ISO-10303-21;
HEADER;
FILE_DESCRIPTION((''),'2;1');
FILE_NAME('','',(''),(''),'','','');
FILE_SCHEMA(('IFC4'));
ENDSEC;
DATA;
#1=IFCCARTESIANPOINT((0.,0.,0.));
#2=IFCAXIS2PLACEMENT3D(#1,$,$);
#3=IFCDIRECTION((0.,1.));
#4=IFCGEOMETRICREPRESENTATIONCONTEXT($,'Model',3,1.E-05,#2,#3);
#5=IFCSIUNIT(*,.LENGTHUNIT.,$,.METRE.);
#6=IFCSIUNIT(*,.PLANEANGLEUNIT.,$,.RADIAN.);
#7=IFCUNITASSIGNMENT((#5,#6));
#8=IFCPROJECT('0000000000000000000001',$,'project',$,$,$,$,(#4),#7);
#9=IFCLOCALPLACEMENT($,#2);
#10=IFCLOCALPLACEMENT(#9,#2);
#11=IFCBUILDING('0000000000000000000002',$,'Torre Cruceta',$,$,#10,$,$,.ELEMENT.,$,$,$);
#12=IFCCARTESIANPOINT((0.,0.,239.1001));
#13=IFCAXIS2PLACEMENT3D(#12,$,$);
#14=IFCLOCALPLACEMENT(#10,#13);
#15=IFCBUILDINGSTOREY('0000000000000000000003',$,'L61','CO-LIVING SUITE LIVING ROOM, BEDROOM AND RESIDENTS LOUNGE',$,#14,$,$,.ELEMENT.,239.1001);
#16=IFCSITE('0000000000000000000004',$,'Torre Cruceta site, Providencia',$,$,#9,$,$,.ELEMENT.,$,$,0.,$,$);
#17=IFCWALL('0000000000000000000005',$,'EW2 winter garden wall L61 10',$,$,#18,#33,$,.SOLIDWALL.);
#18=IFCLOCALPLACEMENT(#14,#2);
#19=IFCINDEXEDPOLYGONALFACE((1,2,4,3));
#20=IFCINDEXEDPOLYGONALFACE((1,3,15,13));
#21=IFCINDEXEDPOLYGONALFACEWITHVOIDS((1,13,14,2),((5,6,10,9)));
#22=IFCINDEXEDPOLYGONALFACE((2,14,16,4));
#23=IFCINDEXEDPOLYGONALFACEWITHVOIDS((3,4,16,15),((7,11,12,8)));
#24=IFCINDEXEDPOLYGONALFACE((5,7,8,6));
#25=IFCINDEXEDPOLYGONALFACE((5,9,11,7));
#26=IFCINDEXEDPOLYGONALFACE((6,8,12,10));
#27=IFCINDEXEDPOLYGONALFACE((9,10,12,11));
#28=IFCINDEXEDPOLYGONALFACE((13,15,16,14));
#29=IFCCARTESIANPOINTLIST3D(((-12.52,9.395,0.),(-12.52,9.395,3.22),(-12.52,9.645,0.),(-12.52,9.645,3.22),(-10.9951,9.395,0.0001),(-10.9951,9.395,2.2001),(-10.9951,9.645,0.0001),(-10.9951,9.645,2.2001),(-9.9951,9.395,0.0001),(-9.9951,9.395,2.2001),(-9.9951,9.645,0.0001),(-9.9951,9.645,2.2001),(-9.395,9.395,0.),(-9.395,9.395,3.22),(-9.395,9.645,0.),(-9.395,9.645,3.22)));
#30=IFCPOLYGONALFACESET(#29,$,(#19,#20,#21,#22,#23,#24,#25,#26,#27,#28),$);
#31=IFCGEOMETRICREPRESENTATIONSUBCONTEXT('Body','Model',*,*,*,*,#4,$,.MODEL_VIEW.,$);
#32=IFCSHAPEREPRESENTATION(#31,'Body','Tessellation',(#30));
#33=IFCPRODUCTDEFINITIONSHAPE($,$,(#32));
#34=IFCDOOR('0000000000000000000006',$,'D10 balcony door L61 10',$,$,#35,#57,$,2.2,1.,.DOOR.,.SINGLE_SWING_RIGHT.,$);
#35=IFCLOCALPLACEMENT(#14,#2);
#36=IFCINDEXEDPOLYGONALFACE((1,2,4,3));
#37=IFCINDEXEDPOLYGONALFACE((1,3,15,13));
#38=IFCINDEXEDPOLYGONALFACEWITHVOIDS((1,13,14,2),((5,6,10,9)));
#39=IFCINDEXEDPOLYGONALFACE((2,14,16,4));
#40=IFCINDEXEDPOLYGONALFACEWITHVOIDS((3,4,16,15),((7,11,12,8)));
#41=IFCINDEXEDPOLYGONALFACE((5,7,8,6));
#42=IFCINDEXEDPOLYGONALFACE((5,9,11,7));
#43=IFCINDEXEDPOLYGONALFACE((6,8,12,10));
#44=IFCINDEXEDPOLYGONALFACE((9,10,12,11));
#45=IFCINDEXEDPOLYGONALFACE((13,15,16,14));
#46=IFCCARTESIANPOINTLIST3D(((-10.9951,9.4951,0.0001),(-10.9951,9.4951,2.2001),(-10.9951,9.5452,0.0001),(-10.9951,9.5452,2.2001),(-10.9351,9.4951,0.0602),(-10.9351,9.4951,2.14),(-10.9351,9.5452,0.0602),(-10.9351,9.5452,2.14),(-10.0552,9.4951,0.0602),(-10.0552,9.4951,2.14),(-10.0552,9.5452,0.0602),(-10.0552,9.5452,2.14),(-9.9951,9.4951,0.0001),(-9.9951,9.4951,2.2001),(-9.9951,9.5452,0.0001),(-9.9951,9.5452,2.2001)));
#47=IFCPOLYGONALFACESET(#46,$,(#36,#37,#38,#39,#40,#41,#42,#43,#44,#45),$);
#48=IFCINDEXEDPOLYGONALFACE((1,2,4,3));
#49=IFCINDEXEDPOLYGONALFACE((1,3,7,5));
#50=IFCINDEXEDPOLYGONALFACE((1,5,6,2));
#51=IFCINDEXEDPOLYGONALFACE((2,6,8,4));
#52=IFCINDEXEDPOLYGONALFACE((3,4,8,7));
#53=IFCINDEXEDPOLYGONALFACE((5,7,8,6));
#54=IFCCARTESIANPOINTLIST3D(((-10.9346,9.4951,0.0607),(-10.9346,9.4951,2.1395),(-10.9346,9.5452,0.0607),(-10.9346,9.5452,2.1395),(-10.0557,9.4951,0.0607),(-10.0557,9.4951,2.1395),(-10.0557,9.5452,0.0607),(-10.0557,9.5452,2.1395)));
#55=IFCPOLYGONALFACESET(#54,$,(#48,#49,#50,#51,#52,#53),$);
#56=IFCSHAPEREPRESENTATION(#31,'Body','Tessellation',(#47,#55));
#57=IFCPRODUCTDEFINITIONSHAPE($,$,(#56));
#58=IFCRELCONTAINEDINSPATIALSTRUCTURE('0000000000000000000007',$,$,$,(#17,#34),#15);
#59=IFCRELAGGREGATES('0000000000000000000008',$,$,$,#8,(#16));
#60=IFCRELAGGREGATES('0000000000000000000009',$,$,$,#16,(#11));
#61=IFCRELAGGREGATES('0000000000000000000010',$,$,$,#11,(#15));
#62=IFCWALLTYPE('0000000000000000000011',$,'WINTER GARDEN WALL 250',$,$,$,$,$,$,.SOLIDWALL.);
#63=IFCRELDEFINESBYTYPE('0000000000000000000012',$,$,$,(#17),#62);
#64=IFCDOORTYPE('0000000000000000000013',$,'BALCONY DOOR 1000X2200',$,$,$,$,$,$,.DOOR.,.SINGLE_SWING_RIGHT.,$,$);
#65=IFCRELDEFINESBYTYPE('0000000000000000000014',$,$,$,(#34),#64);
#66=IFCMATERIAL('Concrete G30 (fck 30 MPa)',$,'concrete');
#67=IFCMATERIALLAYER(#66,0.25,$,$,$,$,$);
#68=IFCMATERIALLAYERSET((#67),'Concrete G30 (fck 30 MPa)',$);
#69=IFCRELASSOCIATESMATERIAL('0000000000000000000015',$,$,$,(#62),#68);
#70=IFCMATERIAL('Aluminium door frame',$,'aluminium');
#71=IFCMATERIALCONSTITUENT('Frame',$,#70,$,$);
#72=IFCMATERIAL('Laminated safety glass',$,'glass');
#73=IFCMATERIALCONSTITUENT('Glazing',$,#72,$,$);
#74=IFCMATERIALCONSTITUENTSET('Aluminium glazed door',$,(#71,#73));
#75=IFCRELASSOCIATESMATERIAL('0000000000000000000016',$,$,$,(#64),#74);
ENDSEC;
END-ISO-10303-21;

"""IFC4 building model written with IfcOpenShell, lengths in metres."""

from ifc_helpers import new_model, si_unit, direction, frame, frame_2d, origin, place, context, subcontext, project, spatial, rectangle, hollow_rectangle, extrude, material, layer, layer_set, constituent, constituent_set, type_object, element, fill, save


model = new_model("IFC4")

# Units and contexts
model_context = context("Model", 3, precision=1e-05, world=origin(), true_north=direction((0.0, 1.0)))
body_context = subcontext(model_context, "Body", "Model", "MODEL_VIEW")
ifc_project = project(units=[si_unit("LENGTHUNIT", "METRE"), si_unit("PLANEANGLEUNIT", "RADIAN")], contexts=[model_context])

# Site, building, storey
site_placement = place(None, origin())
site = spatial("IfcSite", under=ifc_project, at=site_placement, Name="Torre Cruceta site, Providencia", CompositionType="ELEMENT", RefElevation=0.0)
building_placement = place(site_placement, origin())
building = spatial("IfcBuilding", under=site, at=building_placement, Name="Torre Cruceta", CompositionType="ELEMENT")
storey_placement = place(building_placement, frame((0.0, 0.0, 239.1001)))
storey = spatial("IfcBuildingStorey", under=building, at=storey_placement, Name="L61", Description="CO-LIVING SUITE LIVING ROOM, BEDROOM AND RESIDENTS LOUNGE", CompositionType="ELEMENT", Elevation=239.1001)

# Wall, opening, door
ifc_material_1 = material(Name="Concrete G30 (fck 30 MPa)", Category="concrete")
ifc_layer_1 = layer(ifc_material_1, 0.25)
ifc_layer_set_1 = layer_set([ifc_layer_1], Name="Concrete G30 (fck 30 MPa)")
wall_type_1 = type_object("IfcWallType", Name="WINTER GARDEN WALL 250", PredefinedType="SOLIDWALL", material=ifc_layer_set_1)
ifc_material_2 = material(Name="Aluminium door frame", Category="aluminium")
ifc_constituent_1 = constituent(ifc_material_2, Name="Frame")
ifc_material_3 = material(Name="Laminated safety glass", Category="glass")
ifc_constituent_2 = constituent(ifc_material_3, Name="Glazing")
ifc_constituent_set_1 = constituent_set(constituents=[ifc_constituent_1, ifc_constituent_2], Name="Aluminium glazed door")
door_type_1 = type_object("IfcDoorType", Name="BALCONY DOOR 1000X2200", OperationType="SINGLE_SWING_RIGHT", PredefinedType="DOOR", material=ifc_constituent_set_1)
wall_1_placement = place(storey_placement, frame((-9.395, 9.52, 0.0), z_axis=(0.0, 0.0, 1.0), x_axis=(-1.0, 0.0, 0.0)))
wall_1 = element("IfcWall", 1, at=wall_1_placement, inside=storey, type_object=wall_type_1, Name="EW2 winter garden wall L61 10", PredefinedType="SOLIDWALL", context=body_context, shape_type="SweptSolid", body=[
    extrude(rectangle(XDim=3.125, YDim=0.25, at=frame_2d((1.5625, 0.0))), origin(), (0.0, 0.0, 1.0), 3.22),
])
opening_1_placement = place(wall_1_placement, frame((0.6001, 0.0, 0.0)))
opening_1 = element("IfcOpeningElement", 2, at=opening_1_placement, cuts=wall_1, PredefinedType="OPENING", context=body_context, shape_type="SweptSolid", body=[
    extrude(rectangle(XDim=1.0, YDim=2.2, at=frame_2d((0.5, 1.1001))), frame((0.0, 0.135, 0.0), z_axis=(0.0, -1.0, 0.0), x_axis=(1.0, 0.0, 0.0)), (0.0, 0.0, 1.0), 0.27),
])
door_1_placement = place(opening_1_placement, origin())
door_1 = element("IfcDoor", 3, at=door_1_placement, inside=storey, type_object=door_type_1, Name="D10 balcony door L61 10", OperationType="SINGLE_SWING_RIGHT", OverallHeight=2.2, OverallWidth=1.0, PredefinedType="DOOR", context=body_context, shape_type="SweptSolid", body=[
    extrude(hollow_rectangle(XDim=1.0, YDim=2.2, WallThickness=0.0601, at=frame_2d((0.5, 1.1001))), frame((0.0, 0.0249, 0.0), z_axis=(0.0, -1.0, 0.0), x_axis=(1.0, 0.0, 0.0)), (0.0, 0.0, 1.0), 0.05),
    extrude(rectangle(XDim=0.8789, YDim=2.0789, at=frame_2d((0.5, 1.1001))), frame((0.0, 0.0249, 0.0), z_axis=(0.0, -1.0, 0.0), x_axis=(1.0, 0.0, 0.0)), (0.0, 0.0, 1.0), 0.05),
])
fill(opening_1, door_1)

save(model, "model.ifc")
